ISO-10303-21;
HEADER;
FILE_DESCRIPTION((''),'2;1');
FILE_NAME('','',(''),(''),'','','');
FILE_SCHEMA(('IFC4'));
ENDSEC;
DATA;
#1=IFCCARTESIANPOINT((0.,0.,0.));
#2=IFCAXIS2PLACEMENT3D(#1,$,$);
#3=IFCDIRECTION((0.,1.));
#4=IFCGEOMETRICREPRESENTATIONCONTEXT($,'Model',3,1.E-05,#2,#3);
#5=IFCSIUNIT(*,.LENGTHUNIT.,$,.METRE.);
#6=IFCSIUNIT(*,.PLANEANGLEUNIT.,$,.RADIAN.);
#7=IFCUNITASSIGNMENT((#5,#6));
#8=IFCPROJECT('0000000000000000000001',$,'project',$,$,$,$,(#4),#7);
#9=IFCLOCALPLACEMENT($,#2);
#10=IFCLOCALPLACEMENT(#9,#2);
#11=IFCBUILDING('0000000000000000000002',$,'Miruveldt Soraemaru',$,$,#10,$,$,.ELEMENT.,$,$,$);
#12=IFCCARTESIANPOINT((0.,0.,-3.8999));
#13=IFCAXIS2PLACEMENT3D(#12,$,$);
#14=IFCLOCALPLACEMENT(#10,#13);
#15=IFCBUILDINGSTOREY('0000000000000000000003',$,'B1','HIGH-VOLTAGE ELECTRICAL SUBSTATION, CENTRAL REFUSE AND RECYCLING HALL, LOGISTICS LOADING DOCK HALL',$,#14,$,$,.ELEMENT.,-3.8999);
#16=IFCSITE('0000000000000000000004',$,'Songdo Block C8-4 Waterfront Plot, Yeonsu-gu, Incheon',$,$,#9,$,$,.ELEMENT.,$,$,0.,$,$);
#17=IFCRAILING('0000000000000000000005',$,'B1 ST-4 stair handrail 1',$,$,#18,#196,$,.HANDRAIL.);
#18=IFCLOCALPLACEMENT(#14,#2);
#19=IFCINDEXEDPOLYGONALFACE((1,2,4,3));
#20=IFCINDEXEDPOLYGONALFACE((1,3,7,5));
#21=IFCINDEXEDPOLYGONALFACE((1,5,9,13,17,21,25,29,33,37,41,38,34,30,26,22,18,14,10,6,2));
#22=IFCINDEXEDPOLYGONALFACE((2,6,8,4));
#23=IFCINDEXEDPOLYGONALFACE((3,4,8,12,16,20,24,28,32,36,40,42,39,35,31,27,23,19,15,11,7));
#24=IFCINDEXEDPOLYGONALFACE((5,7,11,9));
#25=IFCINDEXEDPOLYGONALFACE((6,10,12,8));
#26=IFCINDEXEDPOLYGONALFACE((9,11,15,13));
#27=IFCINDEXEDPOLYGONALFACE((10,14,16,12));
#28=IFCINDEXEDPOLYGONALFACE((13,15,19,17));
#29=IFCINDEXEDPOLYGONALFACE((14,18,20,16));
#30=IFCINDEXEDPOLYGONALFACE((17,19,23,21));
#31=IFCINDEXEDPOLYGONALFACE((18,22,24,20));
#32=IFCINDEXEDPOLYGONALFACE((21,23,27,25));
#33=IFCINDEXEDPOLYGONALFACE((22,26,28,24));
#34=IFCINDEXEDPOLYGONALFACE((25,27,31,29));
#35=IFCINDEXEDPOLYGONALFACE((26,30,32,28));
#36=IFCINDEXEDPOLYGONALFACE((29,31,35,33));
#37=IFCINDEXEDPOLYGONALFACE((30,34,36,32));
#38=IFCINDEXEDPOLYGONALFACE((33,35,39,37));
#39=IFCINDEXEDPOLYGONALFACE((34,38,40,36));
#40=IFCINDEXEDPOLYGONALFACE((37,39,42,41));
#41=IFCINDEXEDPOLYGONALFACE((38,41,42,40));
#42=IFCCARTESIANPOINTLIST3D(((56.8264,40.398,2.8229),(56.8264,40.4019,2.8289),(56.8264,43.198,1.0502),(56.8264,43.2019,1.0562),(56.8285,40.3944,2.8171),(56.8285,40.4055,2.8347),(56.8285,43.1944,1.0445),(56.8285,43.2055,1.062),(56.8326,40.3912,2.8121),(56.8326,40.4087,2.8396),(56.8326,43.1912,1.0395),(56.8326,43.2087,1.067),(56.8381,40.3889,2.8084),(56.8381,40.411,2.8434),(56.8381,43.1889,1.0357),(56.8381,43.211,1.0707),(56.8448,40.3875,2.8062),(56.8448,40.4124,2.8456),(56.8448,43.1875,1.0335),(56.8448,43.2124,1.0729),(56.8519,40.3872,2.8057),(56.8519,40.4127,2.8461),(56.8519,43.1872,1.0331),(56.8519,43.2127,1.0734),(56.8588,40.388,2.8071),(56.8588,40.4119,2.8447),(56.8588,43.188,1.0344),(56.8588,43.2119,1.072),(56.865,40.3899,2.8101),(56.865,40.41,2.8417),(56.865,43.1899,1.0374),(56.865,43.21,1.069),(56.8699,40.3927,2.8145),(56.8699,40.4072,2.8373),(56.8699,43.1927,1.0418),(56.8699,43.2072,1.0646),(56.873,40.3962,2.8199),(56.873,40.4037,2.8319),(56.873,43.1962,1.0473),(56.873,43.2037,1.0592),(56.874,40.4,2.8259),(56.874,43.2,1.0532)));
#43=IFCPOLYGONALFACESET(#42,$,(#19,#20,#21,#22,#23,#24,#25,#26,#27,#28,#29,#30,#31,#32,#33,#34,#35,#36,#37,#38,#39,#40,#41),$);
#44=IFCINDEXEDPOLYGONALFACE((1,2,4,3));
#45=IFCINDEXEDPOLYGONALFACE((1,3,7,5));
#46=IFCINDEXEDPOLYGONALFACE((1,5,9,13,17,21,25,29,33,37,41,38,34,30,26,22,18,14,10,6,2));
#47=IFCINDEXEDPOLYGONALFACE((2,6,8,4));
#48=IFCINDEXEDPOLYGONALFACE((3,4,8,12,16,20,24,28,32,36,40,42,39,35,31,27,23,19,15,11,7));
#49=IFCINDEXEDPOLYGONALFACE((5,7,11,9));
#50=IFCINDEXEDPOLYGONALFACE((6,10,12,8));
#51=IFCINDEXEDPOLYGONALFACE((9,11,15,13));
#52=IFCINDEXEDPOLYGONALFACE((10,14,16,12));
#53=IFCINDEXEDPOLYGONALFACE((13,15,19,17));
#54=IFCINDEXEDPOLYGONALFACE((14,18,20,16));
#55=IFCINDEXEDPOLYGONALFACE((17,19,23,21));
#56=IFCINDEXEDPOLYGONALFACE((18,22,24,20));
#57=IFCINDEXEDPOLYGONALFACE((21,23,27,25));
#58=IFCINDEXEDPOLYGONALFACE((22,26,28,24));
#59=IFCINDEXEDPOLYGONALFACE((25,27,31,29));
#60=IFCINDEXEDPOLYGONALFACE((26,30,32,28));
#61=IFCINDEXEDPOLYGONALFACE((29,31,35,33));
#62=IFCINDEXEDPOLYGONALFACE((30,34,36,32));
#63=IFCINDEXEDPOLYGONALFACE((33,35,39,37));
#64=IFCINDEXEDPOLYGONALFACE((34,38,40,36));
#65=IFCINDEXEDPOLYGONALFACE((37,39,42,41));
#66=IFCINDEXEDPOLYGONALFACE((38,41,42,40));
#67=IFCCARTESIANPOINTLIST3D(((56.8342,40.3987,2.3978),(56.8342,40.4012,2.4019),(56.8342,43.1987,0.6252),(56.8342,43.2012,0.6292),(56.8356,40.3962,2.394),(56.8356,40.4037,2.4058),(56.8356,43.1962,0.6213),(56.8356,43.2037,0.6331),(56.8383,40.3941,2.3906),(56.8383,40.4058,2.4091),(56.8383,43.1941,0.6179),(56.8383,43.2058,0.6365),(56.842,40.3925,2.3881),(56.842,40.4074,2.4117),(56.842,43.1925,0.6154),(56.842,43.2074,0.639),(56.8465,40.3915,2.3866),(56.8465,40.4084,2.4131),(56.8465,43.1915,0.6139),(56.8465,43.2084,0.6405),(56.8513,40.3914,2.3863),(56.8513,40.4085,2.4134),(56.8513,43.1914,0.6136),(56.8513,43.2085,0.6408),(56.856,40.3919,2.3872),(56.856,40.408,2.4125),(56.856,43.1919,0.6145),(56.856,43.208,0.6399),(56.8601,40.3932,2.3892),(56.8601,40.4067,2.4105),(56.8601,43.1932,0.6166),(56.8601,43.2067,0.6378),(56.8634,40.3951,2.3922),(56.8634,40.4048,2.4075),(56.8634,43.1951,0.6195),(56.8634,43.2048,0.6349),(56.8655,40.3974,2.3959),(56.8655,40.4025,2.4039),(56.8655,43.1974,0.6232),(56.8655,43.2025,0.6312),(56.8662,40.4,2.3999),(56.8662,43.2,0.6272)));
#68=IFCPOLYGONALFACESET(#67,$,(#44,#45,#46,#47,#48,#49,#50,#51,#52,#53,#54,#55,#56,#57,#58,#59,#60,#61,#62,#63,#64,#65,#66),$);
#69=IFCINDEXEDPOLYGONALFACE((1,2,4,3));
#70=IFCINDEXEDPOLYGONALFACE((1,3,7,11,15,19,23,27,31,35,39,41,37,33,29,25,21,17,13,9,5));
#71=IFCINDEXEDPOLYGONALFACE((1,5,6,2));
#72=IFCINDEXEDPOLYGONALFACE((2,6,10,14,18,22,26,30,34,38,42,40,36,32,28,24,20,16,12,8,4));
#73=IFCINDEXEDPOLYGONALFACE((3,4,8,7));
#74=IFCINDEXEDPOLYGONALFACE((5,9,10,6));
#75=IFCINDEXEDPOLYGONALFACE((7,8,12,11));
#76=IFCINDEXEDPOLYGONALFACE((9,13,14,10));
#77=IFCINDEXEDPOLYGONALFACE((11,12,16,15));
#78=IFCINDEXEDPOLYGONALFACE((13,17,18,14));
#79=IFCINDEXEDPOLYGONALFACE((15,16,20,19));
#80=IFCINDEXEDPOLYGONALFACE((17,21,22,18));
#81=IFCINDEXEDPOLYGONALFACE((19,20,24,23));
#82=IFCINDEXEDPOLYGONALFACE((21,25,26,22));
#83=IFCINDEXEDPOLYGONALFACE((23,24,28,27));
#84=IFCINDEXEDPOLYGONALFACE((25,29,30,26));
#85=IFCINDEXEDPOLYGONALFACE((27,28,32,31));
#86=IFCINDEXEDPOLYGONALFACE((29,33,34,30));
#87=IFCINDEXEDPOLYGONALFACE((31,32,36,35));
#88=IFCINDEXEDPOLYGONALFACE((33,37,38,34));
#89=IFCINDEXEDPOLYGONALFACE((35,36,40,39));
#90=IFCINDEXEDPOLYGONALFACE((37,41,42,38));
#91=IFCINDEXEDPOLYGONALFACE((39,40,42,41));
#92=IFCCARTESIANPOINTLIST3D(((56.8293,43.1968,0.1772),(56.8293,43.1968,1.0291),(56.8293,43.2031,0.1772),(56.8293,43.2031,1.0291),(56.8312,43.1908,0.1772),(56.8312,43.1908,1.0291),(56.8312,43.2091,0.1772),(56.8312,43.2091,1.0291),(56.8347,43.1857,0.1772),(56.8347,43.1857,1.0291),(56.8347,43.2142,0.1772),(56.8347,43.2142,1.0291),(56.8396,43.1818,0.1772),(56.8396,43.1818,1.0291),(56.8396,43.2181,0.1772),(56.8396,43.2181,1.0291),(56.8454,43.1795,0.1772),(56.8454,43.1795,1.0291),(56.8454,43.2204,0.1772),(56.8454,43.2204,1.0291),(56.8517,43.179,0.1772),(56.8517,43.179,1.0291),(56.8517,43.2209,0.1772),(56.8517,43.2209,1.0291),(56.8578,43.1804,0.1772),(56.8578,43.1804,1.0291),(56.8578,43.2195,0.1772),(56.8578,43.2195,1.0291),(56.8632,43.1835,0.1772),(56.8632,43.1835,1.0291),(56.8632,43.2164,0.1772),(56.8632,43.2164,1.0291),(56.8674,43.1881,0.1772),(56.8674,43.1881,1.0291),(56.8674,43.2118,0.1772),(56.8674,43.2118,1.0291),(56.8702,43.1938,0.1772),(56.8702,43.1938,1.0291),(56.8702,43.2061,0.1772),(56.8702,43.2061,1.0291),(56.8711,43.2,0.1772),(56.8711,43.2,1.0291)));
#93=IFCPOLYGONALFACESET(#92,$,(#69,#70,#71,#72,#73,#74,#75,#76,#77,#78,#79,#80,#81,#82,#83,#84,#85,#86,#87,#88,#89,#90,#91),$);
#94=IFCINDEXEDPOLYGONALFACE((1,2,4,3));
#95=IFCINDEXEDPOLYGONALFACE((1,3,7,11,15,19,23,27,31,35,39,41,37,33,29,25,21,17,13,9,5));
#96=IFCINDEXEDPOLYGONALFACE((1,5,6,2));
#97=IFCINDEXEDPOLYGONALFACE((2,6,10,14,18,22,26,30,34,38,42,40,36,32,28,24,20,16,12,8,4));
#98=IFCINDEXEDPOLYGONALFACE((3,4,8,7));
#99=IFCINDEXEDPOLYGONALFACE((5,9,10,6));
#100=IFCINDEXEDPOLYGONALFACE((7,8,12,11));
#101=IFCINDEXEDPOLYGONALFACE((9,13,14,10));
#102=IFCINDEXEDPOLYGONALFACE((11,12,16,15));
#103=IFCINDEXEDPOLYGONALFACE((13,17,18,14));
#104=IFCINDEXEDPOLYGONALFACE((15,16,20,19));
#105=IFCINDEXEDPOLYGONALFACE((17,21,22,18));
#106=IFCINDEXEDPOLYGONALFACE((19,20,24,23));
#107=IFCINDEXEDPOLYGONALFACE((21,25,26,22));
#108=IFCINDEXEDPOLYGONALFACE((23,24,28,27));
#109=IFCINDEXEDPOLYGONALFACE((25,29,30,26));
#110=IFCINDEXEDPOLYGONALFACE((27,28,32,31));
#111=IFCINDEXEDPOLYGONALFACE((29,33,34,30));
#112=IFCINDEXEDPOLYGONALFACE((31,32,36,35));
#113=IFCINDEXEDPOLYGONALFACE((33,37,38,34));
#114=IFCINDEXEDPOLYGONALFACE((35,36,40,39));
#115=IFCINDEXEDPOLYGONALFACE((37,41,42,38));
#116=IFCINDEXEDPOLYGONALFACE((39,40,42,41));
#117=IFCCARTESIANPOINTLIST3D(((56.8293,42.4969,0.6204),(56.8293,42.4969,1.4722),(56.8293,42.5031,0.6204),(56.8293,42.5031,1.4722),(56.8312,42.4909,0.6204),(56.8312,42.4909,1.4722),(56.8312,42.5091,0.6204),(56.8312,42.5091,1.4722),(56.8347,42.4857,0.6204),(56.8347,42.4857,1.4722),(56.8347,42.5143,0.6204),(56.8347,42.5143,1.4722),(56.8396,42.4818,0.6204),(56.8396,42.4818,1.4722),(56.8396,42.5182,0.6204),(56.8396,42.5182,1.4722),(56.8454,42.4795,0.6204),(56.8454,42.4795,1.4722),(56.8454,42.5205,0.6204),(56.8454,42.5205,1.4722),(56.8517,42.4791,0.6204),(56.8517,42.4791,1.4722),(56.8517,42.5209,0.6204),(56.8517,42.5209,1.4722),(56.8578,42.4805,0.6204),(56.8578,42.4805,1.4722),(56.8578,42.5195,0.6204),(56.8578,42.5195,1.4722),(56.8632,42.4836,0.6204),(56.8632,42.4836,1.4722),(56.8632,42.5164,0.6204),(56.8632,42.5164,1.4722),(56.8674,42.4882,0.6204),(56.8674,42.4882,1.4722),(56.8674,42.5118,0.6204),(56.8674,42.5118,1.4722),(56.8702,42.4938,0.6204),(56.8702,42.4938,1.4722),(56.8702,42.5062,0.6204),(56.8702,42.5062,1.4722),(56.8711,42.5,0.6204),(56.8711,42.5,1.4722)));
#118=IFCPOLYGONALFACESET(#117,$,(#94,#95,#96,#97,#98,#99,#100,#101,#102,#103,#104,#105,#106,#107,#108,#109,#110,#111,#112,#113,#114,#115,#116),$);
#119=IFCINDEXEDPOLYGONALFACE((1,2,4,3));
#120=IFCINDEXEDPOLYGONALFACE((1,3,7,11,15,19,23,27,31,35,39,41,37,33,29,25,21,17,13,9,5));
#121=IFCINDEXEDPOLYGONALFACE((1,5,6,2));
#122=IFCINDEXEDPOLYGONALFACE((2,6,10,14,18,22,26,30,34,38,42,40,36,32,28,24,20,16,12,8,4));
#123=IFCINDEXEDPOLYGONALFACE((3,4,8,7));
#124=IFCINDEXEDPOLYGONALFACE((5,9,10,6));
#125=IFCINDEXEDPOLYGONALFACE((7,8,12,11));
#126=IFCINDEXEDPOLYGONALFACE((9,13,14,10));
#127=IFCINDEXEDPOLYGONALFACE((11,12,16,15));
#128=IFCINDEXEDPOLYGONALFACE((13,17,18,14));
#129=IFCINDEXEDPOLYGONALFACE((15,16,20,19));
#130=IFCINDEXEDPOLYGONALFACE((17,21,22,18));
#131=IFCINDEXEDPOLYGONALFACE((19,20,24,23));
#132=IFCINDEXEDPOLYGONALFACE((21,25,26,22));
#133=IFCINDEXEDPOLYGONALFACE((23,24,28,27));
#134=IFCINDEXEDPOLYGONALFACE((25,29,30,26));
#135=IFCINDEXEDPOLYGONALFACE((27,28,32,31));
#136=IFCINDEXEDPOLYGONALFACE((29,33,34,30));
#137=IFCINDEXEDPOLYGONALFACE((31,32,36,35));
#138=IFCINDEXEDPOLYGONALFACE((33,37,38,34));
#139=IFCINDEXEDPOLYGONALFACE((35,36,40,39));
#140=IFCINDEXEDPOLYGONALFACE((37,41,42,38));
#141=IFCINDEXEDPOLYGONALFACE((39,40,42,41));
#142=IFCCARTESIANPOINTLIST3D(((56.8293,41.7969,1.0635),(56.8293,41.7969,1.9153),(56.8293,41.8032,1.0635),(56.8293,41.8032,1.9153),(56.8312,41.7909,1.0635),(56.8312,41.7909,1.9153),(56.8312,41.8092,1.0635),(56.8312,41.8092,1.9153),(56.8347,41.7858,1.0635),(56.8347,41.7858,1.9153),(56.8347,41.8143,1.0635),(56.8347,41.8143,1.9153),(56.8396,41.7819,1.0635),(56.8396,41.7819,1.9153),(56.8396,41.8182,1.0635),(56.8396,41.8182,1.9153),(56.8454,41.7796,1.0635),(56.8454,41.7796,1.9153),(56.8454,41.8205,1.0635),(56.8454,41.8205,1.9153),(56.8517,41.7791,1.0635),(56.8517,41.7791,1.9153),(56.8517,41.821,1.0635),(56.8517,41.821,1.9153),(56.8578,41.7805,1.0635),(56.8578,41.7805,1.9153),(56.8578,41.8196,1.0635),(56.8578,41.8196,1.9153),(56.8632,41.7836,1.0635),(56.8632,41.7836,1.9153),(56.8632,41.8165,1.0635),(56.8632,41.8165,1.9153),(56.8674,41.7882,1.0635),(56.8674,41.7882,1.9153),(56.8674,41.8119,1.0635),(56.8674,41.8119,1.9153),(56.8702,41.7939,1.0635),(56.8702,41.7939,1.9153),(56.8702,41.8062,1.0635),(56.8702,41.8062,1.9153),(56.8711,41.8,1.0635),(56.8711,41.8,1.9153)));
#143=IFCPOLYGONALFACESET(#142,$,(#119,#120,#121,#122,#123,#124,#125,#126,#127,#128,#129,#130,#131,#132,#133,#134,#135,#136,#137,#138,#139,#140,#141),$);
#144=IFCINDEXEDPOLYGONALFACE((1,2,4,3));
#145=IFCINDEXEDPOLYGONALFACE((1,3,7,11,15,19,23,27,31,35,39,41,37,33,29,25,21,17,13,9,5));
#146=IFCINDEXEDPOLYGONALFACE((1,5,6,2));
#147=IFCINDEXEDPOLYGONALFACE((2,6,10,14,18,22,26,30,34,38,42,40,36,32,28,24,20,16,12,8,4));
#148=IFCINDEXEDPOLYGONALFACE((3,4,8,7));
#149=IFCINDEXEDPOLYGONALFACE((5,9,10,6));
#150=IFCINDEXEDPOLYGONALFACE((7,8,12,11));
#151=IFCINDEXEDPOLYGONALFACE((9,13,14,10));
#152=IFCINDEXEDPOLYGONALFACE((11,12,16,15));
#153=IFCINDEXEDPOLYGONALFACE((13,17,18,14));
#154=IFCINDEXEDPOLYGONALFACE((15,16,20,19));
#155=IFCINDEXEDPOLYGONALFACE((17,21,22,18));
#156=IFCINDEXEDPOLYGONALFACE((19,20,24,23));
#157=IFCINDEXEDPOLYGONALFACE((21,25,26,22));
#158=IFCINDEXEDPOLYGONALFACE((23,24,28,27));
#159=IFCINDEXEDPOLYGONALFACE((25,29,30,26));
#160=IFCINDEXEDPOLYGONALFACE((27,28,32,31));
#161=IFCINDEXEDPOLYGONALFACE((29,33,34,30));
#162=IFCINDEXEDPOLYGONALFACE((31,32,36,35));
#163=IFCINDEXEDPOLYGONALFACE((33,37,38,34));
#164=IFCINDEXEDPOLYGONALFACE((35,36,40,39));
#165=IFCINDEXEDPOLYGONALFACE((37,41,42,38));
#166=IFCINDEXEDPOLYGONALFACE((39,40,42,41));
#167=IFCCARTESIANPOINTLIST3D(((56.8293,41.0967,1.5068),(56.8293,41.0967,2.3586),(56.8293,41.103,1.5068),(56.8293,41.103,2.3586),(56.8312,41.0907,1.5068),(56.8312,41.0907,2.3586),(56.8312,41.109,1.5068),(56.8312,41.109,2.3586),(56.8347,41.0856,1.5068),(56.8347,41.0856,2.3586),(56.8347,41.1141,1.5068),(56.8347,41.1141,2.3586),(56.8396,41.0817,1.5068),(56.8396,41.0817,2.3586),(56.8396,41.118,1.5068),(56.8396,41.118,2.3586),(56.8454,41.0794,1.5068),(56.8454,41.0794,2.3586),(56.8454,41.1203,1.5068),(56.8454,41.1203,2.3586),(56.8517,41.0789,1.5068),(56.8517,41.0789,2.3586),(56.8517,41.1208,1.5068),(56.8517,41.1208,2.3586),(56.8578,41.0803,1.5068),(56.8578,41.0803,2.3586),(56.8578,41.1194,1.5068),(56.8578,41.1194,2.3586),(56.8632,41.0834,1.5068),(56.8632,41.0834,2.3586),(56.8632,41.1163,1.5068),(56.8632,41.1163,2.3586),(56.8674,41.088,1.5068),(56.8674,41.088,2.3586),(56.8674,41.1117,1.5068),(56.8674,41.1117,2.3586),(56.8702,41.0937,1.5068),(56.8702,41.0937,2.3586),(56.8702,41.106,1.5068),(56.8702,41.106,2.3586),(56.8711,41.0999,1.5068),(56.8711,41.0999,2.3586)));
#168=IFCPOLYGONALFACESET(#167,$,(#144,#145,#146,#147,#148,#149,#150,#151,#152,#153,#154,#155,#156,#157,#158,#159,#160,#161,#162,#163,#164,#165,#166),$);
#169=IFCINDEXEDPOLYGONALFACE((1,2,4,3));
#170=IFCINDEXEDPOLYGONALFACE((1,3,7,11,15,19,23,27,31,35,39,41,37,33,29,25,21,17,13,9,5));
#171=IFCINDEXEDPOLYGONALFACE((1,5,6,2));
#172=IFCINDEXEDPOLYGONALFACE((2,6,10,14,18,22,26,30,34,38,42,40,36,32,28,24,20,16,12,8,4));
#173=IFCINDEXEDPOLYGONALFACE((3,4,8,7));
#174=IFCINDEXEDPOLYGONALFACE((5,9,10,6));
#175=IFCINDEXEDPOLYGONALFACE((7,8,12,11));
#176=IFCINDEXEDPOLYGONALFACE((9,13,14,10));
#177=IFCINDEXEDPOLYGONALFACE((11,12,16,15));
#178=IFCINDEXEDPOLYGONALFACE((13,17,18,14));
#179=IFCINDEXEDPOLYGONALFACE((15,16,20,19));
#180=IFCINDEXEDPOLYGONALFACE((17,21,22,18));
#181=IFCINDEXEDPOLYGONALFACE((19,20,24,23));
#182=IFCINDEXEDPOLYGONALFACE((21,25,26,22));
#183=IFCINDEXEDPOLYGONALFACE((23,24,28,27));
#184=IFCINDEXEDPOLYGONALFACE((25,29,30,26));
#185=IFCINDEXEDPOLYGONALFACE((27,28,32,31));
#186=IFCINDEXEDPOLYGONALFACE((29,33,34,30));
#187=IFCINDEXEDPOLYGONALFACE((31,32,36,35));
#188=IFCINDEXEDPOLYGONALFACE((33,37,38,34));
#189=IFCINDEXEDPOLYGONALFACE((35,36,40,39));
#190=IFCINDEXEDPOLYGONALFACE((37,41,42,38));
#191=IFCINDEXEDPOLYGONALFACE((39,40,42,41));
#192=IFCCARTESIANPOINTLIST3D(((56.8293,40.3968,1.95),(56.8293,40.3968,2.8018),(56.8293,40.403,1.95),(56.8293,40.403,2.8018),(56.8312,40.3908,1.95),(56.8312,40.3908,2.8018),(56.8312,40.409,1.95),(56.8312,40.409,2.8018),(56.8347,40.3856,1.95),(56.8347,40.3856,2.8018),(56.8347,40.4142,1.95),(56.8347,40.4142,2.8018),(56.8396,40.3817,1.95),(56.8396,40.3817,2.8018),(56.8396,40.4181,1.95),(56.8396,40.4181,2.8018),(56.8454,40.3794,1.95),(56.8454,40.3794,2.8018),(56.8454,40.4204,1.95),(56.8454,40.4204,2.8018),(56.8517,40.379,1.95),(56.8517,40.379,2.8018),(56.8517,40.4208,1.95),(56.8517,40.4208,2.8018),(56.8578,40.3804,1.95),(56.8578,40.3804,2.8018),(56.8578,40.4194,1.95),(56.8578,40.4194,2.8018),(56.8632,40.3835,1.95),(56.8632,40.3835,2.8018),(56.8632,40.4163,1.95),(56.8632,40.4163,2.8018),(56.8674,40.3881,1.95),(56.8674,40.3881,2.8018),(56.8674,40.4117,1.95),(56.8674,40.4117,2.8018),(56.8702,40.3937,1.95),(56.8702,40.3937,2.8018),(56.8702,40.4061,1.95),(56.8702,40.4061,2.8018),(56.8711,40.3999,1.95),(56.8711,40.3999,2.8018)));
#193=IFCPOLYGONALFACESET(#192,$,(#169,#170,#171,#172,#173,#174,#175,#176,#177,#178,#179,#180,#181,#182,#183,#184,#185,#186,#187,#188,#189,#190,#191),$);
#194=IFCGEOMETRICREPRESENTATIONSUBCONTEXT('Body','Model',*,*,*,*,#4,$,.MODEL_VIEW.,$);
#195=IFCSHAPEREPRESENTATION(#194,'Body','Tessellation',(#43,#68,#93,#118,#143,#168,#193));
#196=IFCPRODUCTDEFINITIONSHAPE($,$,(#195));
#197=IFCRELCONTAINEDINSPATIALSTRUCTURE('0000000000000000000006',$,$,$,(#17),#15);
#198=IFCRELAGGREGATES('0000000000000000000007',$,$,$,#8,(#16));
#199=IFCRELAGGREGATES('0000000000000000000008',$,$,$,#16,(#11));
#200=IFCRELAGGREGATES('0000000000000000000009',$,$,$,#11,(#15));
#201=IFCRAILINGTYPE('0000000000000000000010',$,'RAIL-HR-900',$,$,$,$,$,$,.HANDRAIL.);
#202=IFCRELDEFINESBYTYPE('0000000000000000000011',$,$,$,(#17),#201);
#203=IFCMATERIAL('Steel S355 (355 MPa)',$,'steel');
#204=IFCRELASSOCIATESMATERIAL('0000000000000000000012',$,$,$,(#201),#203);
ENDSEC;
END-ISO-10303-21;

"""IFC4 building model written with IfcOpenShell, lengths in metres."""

from ifc_helpers import new_model, si_unit, direction, frame, origin, origin_2d, place, context, subcontext, project, spatial, circle, extrude, material, type_object, element, save


model = new_model("IFC4")

# Units and contexts
model_context = context("Model", 3, precision=1e-05, world=origin(), true_north=direction((0.0, 1.0)))
body_context = subcontext(model_context, "Body", "Model", "MODEL_VIEW")
ifc_project = project(units=[si_unit("LENGTHUNIT", "METRE"), si_unit("PLANEANGLEUNIT", "RADIAN")], contexts=[model_context])

# Site, building, storey
site_placement = place(None, origin())
site = spatial("IfcSite", under=ifc_project, at=site_placement, Name="Songdo Block C8-4 Waterfront Plot, Yeonsu-gu, Incheon", CompositionType="ELEMENT", RefElevation=0.0)
building_placement = place(site_placement, origin())
building = spatial("IfcBuilding", under=site, at=building_placement, Name="Miruveldt Soraemaru", CompositionType="ELEMENT")
storey_placement = place(building_placement, frame((0.0, 0.0, -3.8999)))
storey = spatial("IfcBuildingStorey", under=building, at=storey_placement, Name="B1", Description="HIGH-VOLTAGE ELECTRICAL SUBSTATION, CENTRAL REFUSE AND RECYCLING HALL, LOGISTICS LOADING DOCK HALL", CompositionType="ELEMENT", Elevation=-3.8999)

# Shared definitions
ifc_material_1 = material(Name="Steel S355 (355 MPa)", Category="steel")

# Railing
railing_type_1 = type_object("IfcRailingType", Name="RAIL-HR-900", PredefinedType="HANDRAIL", material=ifc_material_1)
railing_1_placement = place(storey_placement, frame((56.8501, 43.2, 0.1772)))
element("IfcRailing", 1, at=railing_1_placement, inside=storey, type_object=railing_type_1, Name="B1 ST-4 stair handrail 1", PredefinedType="HANDRAIL", context=body_context, shape_type="SweptSolid", body=[
    extrude(circle(Radius=0.0239, at=origin_2d()), frame((0.0, 0.0, 0.876), z_axis=(0.0, -0.844909, 0.53491), x_axis=(1.0, 0.0, 0.0)), (0.0, 0.0, 1.0), 3.314),
    extrude(circle(Radius=0.0161, at=origin_2d()), frame((0.0, 0.0, 0.45), z_axis=(0.0, -0.844909, 0.53491), x_axis=(1.0, 0.0, 0.0)), (0.0, 0.0, 1.0), 3.314),
    extrude(circle(Radius=0.021, at=origin_2d()), origin(), (0.0, 0.0, 1.0), 0.8518),
    extrude(circle(Radius=0.021, at=origin_2d()), frame((0.0, -0.7, 0.4431)), (0.0, 0.0, 1.0), 0.8518),
    extrude(circle(Radius=0.021, at=origin_2d()), frame((0.0, -1.3999, 0.8862)), (0.0, 0.0, 1.0), 0.8518),
    extrude(circle(Radius=0.021, at=origin_2d()), frame((0.0, -2.1001, 1.3296)), (0.0, 0.0, 1.0), 0.8518),
    extrude(circle(Radius=0.021, at=origin_2d()), frame((0.0, -2.8, 1.7727)), (0.0, 0.0, 1.0), 0.8518),
])

save(model, "model.ifc")
